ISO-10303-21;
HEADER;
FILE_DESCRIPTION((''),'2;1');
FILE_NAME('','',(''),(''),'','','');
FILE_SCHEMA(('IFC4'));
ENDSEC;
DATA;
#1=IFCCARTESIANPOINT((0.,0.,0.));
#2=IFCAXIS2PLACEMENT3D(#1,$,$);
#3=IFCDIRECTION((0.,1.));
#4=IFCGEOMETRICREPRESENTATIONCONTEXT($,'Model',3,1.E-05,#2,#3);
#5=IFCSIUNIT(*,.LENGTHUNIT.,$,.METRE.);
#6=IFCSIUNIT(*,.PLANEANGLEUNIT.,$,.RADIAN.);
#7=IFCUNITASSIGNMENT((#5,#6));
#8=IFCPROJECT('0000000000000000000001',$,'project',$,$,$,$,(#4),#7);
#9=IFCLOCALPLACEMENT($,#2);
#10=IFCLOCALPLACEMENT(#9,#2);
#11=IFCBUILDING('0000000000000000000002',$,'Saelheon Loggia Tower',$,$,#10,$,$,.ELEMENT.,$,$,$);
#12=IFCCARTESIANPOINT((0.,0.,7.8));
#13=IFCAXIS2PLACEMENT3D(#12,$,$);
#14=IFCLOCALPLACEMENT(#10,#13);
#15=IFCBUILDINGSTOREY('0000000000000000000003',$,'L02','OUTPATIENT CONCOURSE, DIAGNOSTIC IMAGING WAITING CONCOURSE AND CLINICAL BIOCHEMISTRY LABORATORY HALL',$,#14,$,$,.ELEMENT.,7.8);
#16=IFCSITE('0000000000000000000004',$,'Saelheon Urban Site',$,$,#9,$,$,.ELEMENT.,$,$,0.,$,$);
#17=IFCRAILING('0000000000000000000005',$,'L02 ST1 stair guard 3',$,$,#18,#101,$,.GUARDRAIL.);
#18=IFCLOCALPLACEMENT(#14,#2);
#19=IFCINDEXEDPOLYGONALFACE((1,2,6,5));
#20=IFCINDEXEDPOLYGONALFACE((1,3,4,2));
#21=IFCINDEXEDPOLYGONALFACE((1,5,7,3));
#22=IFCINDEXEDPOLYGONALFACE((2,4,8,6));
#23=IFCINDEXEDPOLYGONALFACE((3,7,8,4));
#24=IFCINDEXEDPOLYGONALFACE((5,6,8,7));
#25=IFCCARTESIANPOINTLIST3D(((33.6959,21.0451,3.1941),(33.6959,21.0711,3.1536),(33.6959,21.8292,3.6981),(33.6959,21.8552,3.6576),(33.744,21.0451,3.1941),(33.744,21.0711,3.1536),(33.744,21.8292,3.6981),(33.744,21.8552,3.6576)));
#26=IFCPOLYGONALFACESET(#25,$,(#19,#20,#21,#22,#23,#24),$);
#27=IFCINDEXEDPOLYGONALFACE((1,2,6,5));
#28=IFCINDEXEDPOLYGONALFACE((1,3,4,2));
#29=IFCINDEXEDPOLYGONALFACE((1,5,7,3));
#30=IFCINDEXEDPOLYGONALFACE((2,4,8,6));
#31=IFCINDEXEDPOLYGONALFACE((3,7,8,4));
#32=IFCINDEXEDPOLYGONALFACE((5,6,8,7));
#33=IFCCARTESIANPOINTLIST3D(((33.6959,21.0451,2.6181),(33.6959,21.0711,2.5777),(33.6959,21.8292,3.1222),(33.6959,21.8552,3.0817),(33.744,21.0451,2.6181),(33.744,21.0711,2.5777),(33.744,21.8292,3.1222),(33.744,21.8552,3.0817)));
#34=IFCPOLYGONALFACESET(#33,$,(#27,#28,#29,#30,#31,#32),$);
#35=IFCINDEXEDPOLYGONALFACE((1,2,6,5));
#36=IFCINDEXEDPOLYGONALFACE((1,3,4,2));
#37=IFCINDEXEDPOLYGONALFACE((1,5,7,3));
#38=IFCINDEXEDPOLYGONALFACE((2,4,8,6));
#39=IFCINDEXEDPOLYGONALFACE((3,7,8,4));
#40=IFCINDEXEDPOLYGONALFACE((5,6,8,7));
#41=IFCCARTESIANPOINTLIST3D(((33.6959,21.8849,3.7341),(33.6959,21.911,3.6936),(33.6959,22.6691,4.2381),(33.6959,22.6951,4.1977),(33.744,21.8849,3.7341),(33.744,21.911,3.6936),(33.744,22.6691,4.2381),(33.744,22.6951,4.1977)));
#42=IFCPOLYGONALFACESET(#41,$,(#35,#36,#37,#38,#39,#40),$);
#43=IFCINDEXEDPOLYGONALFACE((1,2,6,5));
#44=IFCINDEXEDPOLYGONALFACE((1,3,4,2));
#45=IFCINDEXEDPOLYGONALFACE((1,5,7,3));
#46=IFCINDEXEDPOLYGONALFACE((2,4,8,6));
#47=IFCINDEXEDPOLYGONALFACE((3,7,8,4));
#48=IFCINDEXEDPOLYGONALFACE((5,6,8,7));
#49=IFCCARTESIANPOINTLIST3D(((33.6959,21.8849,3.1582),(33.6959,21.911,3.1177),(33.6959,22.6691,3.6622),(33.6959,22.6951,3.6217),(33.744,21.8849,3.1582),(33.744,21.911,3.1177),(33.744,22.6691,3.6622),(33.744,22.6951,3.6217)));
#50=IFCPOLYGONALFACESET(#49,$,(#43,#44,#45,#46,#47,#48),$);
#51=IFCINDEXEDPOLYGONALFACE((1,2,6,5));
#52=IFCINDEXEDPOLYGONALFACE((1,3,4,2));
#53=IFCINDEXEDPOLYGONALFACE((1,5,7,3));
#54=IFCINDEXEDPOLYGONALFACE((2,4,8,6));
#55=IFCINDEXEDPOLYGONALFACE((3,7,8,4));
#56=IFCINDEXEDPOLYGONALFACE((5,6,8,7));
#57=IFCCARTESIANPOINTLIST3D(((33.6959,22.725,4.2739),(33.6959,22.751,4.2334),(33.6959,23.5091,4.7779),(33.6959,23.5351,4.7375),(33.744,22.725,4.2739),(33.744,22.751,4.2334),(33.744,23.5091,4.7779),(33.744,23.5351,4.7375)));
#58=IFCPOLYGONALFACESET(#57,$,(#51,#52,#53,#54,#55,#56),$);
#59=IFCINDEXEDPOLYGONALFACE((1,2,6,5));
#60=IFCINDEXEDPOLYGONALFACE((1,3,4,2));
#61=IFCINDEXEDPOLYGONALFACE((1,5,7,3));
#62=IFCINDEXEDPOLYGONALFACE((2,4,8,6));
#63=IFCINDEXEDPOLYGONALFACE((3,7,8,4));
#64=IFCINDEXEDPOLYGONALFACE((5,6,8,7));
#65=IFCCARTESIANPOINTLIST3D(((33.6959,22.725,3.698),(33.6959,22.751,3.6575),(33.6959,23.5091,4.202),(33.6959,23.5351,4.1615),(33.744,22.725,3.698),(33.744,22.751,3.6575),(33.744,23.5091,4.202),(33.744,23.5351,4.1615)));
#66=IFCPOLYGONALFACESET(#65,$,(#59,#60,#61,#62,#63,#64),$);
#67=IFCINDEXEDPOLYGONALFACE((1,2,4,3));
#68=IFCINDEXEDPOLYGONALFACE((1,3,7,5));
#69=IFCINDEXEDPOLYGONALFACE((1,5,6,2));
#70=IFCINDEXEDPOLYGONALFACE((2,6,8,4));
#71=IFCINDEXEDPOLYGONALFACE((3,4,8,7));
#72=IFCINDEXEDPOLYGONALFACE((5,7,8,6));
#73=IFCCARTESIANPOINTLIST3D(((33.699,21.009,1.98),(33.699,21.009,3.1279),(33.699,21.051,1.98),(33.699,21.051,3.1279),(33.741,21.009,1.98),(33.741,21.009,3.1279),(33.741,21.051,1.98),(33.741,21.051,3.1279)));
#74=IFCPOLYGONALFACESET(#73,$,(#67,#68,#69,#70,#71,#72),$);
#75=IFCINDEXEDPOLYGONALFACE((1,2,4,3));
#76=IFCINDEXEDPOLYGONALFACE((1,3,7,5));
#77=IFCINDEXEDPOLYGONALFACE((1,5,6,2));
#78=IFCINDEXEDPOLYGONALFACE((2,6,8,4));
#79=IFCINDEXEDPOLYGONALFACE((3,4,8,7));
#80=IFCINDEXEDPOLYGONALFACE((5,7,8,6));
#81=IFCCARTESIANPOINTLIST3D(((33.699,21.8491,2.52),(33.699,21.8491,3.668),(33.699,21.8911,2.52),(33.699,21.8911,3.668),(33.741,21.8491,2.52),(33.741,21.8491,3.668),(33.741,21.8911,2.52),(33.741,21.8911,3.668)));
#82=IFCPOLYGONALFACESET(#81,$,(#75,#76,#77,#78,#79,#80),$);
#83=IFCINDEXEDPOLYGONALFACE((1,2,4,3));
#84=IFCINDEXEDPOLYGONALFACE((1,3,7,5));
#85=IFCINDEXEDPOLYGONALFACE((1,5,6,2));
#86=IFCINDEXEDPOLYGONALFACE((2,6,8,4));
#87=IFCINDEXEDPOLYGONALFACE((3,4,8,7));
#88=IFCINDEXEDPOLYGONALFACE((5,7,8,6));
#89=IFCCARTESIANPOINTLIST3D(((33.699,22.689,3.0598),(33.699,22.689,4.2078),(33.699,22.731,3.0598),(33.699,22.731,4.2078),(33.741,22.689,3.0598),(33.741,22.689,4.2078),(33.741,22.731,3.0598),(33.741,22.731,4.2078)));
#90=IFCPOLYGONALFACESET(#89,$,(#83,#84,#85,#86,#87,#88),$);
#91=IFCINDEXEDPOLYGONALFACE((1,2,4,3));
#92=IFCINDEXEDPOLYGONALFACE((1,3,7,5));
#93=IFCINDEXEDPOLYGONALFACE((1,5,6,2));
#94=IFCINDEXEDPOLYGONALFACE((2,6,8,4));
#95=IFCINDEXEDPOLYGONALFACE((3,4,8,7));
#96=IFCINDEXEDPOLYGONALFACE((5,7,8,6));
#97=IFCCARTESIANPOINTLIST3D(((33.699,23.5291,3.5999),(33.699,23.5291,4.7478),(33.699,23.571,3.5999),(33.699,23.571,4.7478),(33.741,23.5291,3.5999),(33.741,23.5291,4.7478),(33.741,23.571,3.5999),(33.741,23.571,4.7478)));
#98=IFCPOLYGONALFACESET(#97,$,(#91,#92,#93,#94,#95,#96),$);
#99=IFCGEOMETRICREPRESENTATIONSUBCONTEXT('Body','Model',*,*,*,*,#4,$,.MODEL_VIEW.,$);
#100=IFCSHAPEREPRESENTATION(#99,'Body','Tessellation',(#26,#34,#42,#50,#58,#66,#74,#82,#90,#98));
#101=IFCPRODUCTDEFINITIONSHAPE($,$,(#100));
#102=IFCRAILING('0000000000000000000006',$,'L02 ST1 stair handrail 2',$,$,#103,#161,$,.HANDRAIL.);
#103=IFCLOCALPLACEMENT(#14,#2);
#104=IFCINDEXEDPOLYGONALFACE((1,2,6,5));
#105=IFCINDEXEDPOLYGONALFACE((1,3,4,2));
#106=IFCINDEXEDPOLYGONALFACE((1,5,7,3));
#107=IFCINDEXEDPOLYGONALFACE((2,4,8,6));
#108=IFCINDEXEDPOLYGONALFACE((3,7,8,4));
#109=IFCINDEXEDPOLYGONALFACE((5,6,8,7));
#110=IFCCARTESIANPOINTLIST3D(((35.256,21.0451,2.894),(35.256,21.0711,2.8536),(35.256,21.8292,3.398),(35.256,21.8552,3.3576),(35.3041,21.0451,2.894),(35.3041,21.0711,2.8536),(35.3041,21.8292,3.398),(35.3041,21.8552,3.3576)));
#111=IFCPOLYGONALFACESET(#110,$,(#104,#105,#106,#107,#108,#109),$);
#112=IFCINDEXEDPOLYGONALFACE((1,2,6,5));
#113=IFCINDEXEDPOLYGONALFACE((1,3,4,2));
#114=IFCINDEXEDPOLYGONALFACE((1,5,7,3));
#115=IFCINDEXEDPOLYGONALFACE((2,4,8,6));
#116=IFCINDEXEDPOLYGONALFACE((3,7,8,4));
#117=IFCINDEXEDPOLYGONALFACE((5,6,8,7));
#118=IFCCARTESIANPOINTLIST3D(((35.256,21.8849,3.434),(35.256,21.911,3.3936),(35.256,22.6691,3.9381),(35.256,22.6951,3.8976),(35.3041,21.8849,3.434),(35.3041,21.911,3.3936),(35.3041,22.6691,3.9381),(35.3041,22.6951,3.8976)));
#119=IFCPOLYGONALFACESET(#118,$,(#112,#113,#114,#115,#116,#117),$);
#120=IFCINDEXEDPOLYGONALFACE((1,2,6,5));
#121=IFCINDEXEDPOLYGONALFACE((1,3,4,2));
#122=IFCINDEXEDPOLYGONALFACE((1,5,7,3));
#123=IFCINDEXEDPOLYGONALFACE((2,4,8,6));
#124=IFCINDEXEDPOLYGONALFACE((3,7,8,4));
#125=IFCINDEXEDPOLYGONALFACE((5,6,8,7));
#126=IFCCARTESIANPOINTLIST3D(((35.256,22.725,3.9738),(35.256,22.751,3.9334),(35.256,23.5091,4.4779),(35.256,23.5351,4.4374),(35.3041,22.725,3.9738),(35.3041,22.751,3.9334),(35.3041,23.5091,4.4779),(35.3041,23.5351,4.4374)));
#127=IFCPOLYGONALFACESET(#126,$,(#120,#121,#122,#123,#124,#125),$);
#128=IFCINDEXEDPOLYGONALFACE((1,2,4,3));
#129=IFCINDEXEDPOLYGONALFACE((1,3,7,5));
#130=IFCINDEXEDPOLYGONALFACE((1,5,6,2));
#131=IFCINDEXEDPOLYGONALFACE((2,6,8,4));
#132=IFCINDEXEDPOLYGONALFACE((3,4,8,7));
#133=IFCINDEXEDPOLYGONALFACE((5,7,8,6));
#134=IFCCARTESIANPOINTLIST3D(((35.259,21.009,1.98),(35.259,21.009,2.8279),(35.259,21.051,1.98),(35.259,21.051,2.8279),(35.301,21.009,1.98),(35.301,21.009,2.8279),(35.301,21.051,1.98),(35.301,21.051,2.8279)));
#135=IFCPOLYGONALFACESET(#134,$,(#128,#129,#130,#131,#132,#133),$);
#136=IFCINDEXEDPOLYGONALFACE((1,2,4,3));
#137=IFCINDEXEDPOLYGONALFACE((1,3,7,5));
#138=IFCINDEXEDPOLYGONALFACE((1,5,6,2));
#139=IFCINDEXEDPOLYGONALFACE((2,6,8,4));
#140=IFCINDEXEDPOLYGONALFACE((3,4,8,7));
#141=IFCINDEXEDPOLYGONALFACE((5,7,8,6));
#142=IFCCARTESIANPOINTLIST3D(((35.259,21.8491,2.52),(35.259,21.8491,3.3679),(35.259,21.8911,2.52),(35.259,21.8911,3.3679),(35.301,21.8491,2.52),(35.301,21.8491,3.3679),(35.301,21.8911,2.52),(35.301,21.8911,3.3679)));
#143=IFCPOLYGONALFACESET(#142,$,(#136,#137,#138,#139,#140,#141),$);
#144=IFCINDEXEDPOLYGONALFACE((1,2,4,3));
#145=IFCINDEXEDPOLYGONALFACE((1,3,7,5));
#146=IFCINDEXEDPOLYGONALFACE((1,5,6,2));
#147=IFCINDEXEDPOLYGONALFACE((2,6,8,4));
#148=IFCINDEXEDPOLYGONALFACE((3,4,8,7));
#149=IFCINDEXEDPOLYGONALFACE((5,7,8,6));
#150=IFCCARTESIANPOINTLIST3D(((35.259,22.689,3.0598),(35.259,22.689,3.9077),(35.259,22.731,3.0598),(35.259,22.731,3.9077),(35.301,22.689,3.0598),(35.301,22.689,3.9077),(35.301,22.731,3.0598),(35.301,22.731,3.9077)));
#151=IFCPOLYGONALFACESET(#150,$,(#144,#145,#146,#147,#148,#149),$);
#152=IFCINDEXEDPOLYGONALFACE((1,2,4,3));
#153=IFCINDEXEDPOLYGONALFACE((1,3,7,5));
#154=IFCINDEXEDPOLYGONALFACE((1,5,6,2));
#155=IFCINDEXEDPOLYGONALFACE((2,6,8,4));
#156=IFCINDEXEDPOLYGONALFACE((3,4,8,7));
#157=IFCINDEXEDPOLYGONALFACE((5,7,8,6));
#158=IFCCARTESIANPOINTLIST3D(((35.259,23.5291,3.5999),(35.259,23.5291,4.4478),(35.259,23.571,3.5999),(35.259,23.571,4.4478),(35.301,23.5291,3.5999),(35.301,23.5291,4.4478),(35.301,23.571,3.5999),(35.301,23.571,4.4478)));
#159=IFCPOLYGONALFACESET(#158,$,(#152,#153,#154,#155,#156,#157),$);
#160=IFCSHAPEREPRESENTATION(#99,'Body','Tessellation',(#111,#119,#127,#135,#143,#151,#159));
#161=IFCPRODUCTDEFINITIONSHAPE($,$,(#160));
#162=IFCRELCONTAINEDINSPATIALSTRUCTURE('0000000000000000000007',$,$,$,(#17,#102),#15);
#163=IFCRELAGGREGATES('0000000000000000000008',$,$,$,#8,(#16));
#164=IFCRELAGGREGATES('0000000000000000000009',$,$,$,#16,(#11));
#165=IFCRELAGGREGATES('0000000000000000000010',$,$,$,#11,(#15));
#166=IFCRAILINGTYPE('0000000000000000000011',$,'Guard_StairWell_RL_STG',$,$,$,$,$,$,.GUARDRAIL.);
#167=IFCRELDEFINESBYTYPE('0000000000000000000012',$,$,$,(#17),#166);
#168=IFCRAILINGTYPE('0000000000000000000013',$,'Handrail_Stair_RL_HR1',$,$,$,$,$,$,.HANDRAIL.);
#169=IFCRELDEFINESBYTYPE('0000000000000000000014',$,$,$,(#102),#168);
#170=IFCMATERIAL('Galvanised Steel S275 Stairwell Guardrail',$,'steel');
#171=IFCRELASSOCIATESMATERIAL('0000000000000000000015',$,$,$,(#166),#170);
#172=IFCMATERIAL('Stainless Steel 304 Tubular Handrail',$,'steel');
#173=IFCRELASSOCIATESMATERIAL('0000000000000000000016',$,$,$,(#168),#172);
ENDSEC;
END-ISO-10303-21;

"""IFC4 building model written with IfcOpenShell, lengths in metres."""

from ifc_helpers import new_model, si_unit, direction, frame, origin, origin_2d, place, context, subcontext, project, spatial, rectangle, extrude, material, type_object, element, save


model = new_model("IFC4")

# Units and contexts
model_context = context("Model", 3, precision=1e-05, world=origin(), true_north=direction((0.0, 1.0)))
body_context = subcontext(model_context, "Body", "Model", "MODEL_VIEW")
ifc_project = project(units=[si_unit("LENGTHUNIT", "METRE"), si_unit("PLANEANGLEUNIT", "RADIAN")], contexts=[model_context])

# Site, building, storey
site_placement = place(None, origin())
site = spatial("IfcSite", under=ifc_project, at=site_placement, Name="Saelheon Urban Site", CompositionType="ELEMENT", RefElevation=0.0)
building_placement = place(site_placement, origin())
building = spatial("IfcBuilding", under=site, at=building_placement, Name="Saelheon Loggia Tower", CompositionType="ELEMENT")
storey_placement = place(building_placement, frame((0.0, 0.0, 7.8)))
storey = spatial("IfcBuildingStorey", under=building, at=storey_placement, Name="L02", Description="OUTPATIENT CONCOURSE, DIAGNOSTIC IMAGING WAITING CONCOURSE AND CLINICAL BIOCHEMISTRY LABORATORY HALL", CompositionType="ELEMENT", Elevation=7.8)

# Railings
ifc_material_1 = material(Name="Galvanised Steel S275 Stairwell Guardrail", Category="steel")
railing_type_1 = type_object("IfcRailingType", Name="Guard_StairWell_RL_STG", PredefinedType="GUARDRAIL", material=ifc_material_1)
railing_1_placement = place(storey_placement, frame((33.72, 21.03, 1.98)))
element("IfcRailing", 1, at=railing_1_placement, inside=storey, type_object=railing_type_1, Name="L02 ST1 stair guard 3", PredefinedType="GUARDRAIL", context=body_context, shape_type="SweptSolid", body=[
    extrude(rectangle(XDim=0.0481, YDim=0.0481, at=origin_2d()), frame((0.0, 0.0281, 1.1938), z_axis=(0.0, 0.8412, 0.540725), x_axis=(-1.0, 0.0, 0.0)), (0.0, 0.0, 1.0), 0.9321),
    extrude(rectangle(XDim=0.0481, YDim=0.0481, at=origin_2d()), frame((0.0, 0.0281, 0.6179), z_axis=(0.0, 0.8412, 0.540725), x_axis=(-1.0, 0.0, 0.0)), (0.0, 0.0, 1.0), 0.9321),
    extrude(rectangle(XDim=0.0481, YDim=0.0481, at=origin_2d()), frame((0.0, 0.8679, 1.7339), z_axis=(0.0, 0.8412, 0.540725), x_axis=(-1.0, 0.0, 0.0)), (0.0, 0.0, 1.0), 0.9321),
    extrude(rectangle(XDim=0.0481, YDim=0.0481, at=origin_2d()), frame((0.0, 0.8679, 1.158), z_axis=(0.0, 0.8412, 0.540725), x_axis=(-1.0, 0.0, 0.0)), (0.0, 0.0, 1.0), 0.9321),
    extrude(rectangle(XDim=0.0481, YDim=0.0481, at=origin_2d()), frame((0.0, 1.708, 2.2737), z_axis=(0.0, 0.8412, 0.540725), x_axis=(-1.0, 0.0, 0.0)), (0.0, 0.0, 1.0), 0.9321),
    extrude(rectangle(XDim=0.0481, YDim=0.0481, at=origin_2d()), frame((0.0, 1.708, 1.6978), z_axis=(0.0, 0.8412, 0.540725), x_axis=(-1.0, 0.0, 0.0)), (0.0, 0.0, 1.0), 0.9321),
    extrude(rectangle(XDim=0.042, YDim=0.042, at=origin_2d()), origin(), (0.0, 0.0, 1.0), 1.1479),
    extrude(rectangle(XDim=0.042, YDim=0.042, at=origin_2d()), frame((0.0, 0.8401, 0.54)), (0.0, 0.0, 1.0), 1.1479),
    extrude(rectangle(XDim=0.042, YDim=0.042, at=origin_2d()), frame((0.0, 1.6799, 1.0798)), (0.0, 0.0, 1.0), 1.1479),
    extrude(rectangle(XDim=0.042, YDim=0.042, at=origin_2d()), frame((0.0, 2.52, 1.6199)), (0.0, 0.0, 1.0), 1.1479),
])
ifc_material_2 = material(Name="Stainless Steel 304 Tubular Handrail", Category="steel")
railing_type_2 = type_object("IfcRailingType", Name="Handrail_Stair_RL_HR1", PredefinedType="HANDRAIL", material=ifc_material_2)
railing_2_placement = place(storey_placement, frame((35.28, 21.03, 1.98)))
element("IfcRailing", 2, at=railing_2_placement, inside=storey, type_object=railing_type_2, Name="L02 ST1 stair handrail 2", PredefinedType="HANDRAIL", context=body_context, shape_type="SweptSolid", body=[
    extrude(rectangle(XDim=0.0481, YDim=0.0481, at=origin_2d()), frame((0.0, 0.0281, 0.8938), z_axis=(0.0, 0.8412, 0.540725), x_axis=(-1.0, 0.0, 0.0)), (0.0, 0.0, 1.0), 0.9321),
    extrude(rectangle(XDim=0.0481, YDim=0.0481, at=origin_2d()), frame((0.0, 0.8679, 1.4338), z_axis=(0.0, 0.8412, 0.540725), x_axis=(-1.0, 0.0, 0.0)), (0.0, 0.0, 1.0), 0.9321),
    extrude(rectangle(XDim=0.0481, YDim=0.0481, at=origin_2d()), frame((0.0, 1.708, 1.9736), z_axis=(0.0, 0.8412, 0.540725), x_axis=(-1.0, 0.0, 0.0)), (0.0, 0.0, 1.0), 0.9321),
    extrude(rectangle(XDim=0.042, YDim=0.042, at=origin_2d()), origin(), (0.0, 0.0, 1.0), 0.8479),
    extrude(rectangle(XDim=0.042, YDim=0.042, at=origin_2d()), frame((0.0, 0.8401, 0.54)), (0.0, 0.0, 1.0), 0.8479),
    extrude(rectangle(XDim=0.042, YDim=0.042, at=origin_2d()), frame((0.0, 1.6799, 1.0798)), (0.0, 0.0, 1.0), 0.8479),
    extrude(rectangle(XDim=0.042, YDim=0.042, at=origin_2d()), frame((0.0, 2.52, 1.6199)), (0.0, 0.0, 1.0), 0.8479),
])

save(model, "model.ifc")
